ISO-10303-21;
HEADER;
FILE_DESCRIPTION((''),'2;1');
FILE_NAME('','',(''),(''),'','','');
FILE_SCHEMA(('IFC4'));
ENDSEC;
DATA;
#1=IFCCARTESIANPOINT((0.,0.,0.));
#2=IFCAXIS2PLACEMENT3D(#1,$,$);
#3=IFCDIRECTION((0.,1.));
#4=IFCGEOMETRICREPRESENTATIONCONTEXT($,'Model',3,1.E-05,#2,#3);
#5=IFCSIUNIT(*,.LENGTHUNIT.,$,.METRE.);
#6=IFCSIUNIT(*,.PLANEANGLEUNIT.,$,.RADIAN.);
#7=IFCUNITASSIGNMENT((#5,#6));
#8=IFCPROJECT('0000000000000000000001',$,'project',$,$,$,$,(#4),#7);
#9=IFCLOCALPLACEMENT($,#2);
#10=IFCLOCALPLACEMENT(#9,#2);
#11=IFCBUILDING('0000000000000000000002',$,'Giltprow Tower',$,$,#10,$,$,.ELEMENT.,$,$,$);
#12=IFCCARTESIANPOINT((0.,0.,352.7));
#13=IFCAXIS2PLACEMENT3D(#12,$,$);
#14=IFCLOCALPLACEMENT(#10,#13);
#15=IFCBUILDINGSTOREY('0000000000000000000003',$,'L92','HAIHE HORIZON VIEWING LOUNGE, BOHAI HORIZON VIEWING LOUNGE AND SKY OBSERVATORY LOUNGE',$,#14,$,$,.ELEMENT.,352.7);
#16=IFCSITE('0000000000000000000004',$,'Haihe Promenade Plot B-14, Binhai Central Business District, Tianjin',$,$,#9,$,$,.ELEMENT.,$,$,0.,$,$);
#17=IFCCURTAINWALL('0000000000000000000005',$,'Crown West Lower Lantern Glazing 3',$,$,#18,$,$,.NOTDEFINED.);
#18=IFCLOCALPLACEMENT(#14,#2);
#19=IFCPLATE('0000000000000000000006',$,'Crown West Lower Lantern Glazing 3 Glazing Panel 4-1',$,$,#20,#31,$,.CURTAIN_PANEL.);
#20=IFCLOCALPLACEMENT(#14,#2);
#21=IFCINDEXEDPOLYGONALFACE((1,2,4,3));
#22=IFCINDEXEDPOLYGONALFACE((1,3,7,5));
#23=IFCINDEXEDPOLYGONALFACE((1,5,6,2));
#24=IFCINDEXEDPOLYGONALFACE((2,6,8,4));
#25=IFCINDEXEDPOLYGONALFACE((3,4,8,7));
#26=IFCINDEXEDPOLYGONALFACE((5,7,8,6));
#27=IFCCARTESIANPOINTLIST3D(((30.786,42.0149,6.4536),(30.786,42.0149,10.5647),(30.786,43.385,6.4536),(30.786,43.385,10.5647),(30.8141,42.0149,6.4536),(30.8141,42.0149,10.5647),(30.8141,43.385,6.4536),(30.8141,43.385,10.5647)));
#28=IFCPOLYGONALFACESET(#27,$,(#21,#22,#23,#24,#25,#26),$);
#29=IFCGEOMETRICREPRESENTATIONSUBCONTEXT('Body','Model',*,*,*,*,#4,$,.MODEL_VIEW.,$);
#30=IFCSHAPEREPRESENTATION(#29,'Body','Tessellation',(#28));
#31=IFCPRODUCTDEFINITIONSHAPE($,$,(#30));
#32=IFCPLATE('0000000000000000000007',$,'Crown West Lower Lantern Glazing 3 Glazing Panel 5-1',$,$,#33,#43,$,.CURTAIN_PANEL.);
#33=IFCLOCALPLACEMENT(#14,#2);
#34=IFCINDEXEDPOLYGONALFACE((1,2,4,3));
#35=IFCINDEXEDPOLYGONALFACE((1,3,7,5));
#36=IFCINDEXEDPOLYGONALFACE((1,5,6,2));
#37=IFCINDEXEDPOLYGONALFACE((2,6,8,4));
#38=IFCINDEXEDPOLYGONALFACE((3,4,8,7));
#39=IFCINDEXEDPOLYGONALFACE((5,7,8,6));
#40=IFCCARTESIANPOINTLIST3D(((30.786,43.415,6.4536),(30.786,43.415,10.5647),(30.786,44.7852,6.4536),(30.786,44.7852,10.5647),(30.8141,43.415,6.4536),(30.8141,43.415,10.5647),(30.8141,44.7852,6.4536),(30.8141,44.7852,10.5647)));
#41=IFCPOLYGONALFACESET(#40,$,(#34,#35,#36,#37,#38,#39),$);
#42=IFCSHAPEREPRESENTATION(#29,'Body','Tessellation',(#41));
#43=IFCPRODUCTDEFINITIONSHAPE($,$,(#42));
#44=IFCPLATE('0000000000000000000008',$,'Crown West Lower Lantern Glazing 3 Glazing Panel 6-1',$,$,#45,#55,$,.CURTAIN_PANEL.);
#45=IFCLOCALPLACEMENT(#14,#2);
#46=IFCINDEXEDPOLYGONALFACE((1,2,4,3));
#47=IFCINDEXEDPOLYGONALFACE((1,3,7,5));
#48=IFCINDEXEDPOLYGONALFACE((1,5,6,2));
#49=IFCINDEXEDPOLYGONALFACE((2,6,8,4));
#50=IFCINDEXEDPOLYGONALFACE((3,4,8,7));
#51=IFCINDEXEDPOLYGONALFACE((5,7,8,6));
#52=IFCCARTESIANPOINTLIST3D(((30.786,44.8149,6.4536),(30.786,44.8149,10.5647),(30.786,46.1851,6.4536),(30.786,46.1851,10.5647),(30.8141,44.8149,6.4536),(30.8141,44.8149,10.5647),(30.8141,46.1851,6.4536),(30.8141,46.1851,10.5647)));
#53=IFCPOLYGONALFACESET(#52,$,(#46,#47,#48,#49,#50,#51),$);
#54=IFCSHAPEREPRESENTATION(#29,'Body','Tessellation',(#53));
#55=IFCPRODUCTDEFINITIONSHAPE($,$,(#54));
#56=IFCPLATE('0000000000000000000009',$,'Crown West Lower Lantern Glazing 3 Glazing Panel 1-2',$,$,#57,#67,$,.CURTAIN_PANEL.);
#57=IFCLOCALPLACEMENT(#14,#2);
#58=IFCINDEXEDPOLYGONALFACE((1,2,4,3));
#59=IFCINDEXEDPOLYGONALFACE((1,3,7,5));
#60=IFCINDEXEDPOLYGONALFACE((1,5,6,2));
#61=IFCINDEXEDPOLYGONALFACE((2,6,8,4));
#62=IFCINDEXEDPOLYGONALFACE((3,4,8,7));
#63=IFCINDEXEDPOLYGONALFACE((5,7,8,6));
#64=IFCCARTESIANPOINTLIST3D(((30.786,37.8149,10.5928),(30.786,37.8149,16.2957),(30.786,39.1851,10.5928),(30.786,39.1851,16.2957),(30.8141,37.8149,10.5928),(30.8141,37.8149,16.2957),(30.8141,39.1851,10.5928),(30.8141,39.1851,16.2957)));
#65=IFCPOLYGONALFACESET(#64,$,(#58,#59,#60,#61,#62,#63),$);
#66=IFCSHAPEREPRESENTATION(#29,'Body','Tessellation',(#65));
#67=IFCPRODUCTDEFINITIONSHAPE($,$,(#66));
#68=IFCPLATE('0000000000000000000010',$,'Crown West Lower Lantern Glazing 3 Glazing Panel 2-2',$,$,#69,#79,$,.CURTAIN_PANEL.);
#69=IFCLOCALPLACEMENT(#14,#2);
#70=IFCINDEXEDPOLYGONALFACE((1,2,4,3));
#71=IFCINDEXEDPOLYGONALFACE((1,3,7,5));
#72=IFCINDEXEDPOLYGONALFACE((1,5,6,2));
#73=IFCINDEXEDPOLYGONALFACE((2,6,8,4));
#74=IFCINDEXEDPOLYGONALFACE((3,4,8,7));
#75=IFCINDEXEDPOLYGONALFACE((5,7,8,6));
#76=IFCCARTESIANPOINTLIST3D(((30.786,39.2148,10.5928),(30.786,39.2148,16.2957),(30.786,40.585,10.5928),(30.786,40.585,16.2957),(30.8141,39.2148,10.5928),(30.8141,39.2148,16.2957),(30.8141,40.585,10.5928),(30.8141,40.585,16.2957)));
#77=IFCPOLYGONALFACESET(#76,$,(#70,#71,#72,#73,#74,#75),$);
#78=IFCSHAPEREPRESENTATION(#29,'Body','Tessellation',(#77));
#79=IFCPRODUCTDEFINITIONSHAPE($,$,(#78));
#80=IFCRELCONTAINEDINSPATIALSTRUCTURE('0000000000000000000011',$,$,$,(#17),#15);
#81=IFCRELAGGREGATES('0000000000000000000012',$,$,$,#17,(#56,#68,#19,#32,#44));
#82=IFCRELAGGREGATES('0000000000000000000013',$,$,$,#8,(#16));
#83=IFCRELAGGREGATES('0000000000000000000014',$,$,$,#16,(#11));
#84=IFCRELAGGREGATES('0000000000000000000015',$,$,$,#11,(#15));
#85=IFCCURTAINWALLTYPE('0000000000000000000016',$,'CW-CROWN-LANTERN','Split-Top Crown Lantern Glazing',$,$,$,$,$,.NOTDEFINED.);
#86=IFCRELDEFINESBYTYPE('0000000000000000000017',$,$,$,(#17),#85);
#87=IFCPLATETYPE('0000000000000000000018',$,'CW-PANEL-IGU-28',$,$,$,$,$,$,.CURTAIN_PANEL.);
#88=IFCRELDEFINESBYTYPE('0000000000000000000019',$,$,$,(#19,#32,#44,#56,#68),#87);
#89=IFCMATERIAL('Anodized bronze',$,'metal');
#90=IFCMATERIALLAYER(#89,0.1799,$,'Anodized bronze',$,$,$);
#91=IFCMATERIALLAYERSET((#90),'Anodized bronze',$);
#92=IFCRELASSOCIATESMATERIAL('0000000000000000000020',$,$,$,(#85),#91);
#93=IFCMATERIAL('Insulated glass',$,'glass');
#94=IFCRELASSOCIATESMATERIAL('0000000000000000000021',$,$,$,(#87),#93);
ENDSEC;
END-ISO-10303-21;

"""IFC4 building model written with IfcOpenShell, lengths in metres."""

from ifc_helpers import new_model, si_unit, direction, frame, origin, origin_2d, place, context, subcontext, project, spatial, rectangle, extrude, source, transform, mapped, material, layer, layer_set, type_object, element, aggregate, save


model = new_model("IFC4")

# Units and contexts
model_context = context("Model", 3, precision=1e-05, world=origin(), true_north=direction((0.0, 1.0)))
body_context = subcontext(model_context, "Body", "Model", "MODEL_VIEW")
ifc_project = project(units=[si_unit("LENGTHUNIT", "METRE"), si_unit("PLANEANGLEUNIT", "RADIAN")], contexts=[model_context])

# Site, building, storey
site_placement = place(None, origin())
site = spatial("IfcSite", under=ifc_project, at=site_placement, Name="Haihe Promenade Plot B-14, Binhai Central Business District, Tianjin", CompositionType="ELEMENT", RefElevation=0.0)
building_placement = place(site_placement, origin())
building = spatial("IfcBuilding", under=site, at=building_placement, Name="Giltprow Tower", CompositionType="ELEMENT")
storey_placement = place(building_placement, frame((0.0, 0.0, 352.7)))
storey = spatial("IfcBuildingStorey", under=building, at=storey_placement, Name="L92", Description="HAIHE HORIZON VIEWING LOUNGE, BOHAI HORIZON VIEWING LOUNGE AND SKY OBSERVATORY LOUNGE", CompositionType="ELEMENT", Elevation=352.7)

# Curtain wall
ifc_material_1 = material(Name="Anodized bronze", Category="metal")
ifc_layer = layer(ifc_material_1, 0.1799, Name="Anodized bronze")
ifc_layer_set = layer_set([ifc_layer], Name="Anodized bronze")
curtain_wall_type = type_object("IfcCurtainWallType", Name="CW-CROWN-LANTERN", Description="Split-Top Crown Lantern Glazing", PredefinedType="NOTDEFINED", material=ifc_layer_set)
curtain_wall_1_placement = place(storey_placement, origin())
curtain_wall_1 = element("IfcCurtainWall", 1, at=curtain_wall_1_placement, inside=storey, type_object=curtain_wall_type, Name="Crown West Lower Lantern Glazing 3", PredefinedType="NOTDEFINED")

# Shared definitions
ifc_material_2 = material(Name="Insulated glass", Category="glass")
plate_type = type_object("IfcPlateType", Name="CW-PANEL-IGU-28", PredefinedType="CURTAIN_PANEL", material=ifc_material_2)

# Plates
shared_shape_1 = source(origin(), body_context, "Body", "SweptSolid", [
    extrude(rectangle(XDim=1.3701, YDim=0.0281, at=origin_2d()), origin(), (0.0, 0.0, 1.0), 4.1111),
])
plate_1_placement = place(storey_placement, frame((30.8, 42.7, 6.4536), z_axis=(0.0, 0.0, 1.0), x_axis=(0.0, 1.0, 0.0)))
plate_1 = element("IfcPlate", 2, at=plate_1_placement, type_object=plate_type, Name="Crown West Lower Lantern Glazing 3 Glazing Panel 4-1", PredefinedType="CURTAIN_PANEL", context=body_context, shape_type="MappedRepresentation", body=[
    mapped(shared_shape_1, transform((0.0, 0.0, 0.0), x_axis=(1.0, 0.0, 0.0), y_axis=(0.0, 1.0, 0.0), z_axis=(0.0, 0.0, 1.0), scale=1.0)),
])
plate_2_placement = place(storey_placement, frame((30.8, 44.1001, 6.4536), z_axis=(0.0, 0.0, 1.0), x_axis=(0.0, 1.0, 0.0)))
plate_2 = element("IfcPlate", 3, at=plate_2_placement, type_object=plate_type, Name="Crown West Lower Lantern Glazing 3 Glazing Panel 5-1", PredefinedType="CURTAIN_PANEL", context=body_context, shape_type="MappedRepresentation", body=[
    mapped(shared_shape_1, transform((0.0, 0.0, 0.0), x_axis=(1.0, 0.0, 0.0), y_axis=(0.0, 1.0, 0.0), z_axis=(0.0, 0.0, 1.0), scale=1.0)),
])
plate_3_placement = place(storey_placement, frame((30.8, 45.5, 6.4536), z_axis=(0.0, 0.0, 1.0), x_axis=(0.0, 1.0, 0.0)))
plate_3 = element("IfcPlate", 4, at=plate_3_placement, type_object=plate_type, Name="Crown West Lower Lantern Glazing 3 Glazing Panel 6-1", PredefinedType="CURTAIN_PANEL", context=body_context, shape_type="MappedRepresentation", body=[
    mapped(shared_shape_1, transform((0.0, 0.0, 0.0), x_axis=(1.0, 0.0, 0.0), y_axis=(0.0, 1.0, 0.0), z_axis=(0.0, 0.0, 1.0), scale=1.0)),
])
shared_shape_2 = source(origin(), body_context, "Body", "SweptSolid", [
    extrude(rectangle(XDim=1.3701, YDim=0.0281, at=origin_2d()), origin(), (0.0, 0.0, 1.0), 5.7029),
])
plate_4_placement = place(storey_placement, frame((30.8, 38.5, 10.5928), z_axis=(0.0, 0.0, 1.0), x_axis=(0.0, 1.0, 0.0)))
plate_4 = element("IfcPlate", 5, at=plate_4_placement, type_object=plate_type, Name="Crown West Lower Lantern Glazing 3 Glazing Panel 1-2", PredefinedType="CURTAIN_PANEL", context=body_context, shape_type="MappedRepresentation", body=[
    mapped(shared_shape_2, transform((0.0, 0.0, 0.0), x_axis=(1.0, 0.0, 0.0), y_axis=(0.0, 1.0, 0.0), z_axis=(0.0, 0.0, 1.0), scale=1.0)),
])
plate_5_placement = place(storey_placement, frame((30.8, 39.8999, 10.5928), z_axis=(0.0, 0.0, 1.0), x_axis=(0.0, 1.0, 0.0)))
plate_5 = element("IfcPlate", 6, at=plate_5_placement, type_object=plate_type, Name="Crown West Lower Lantern Glazing 3 Glazing Panel 2-2", PredefinedType="CURTAIN_PANEL", context=body_context, shape_type="MappedRepresentation", body=[
    mapped(shared_shape_2, transform((0.0, 0.0, 0.0), x_axis=(1.0, 0.0, 0.0), y_axis=(0.0, 1.0, 0.0), z_axis=(0.0, 0.0, 1.0), scale=1.0)),
])
aggregate(curtain_wall_1, [plate_4, plate_5, plate_1, plate_2, plate_3])

save(model, "model.ifc")
